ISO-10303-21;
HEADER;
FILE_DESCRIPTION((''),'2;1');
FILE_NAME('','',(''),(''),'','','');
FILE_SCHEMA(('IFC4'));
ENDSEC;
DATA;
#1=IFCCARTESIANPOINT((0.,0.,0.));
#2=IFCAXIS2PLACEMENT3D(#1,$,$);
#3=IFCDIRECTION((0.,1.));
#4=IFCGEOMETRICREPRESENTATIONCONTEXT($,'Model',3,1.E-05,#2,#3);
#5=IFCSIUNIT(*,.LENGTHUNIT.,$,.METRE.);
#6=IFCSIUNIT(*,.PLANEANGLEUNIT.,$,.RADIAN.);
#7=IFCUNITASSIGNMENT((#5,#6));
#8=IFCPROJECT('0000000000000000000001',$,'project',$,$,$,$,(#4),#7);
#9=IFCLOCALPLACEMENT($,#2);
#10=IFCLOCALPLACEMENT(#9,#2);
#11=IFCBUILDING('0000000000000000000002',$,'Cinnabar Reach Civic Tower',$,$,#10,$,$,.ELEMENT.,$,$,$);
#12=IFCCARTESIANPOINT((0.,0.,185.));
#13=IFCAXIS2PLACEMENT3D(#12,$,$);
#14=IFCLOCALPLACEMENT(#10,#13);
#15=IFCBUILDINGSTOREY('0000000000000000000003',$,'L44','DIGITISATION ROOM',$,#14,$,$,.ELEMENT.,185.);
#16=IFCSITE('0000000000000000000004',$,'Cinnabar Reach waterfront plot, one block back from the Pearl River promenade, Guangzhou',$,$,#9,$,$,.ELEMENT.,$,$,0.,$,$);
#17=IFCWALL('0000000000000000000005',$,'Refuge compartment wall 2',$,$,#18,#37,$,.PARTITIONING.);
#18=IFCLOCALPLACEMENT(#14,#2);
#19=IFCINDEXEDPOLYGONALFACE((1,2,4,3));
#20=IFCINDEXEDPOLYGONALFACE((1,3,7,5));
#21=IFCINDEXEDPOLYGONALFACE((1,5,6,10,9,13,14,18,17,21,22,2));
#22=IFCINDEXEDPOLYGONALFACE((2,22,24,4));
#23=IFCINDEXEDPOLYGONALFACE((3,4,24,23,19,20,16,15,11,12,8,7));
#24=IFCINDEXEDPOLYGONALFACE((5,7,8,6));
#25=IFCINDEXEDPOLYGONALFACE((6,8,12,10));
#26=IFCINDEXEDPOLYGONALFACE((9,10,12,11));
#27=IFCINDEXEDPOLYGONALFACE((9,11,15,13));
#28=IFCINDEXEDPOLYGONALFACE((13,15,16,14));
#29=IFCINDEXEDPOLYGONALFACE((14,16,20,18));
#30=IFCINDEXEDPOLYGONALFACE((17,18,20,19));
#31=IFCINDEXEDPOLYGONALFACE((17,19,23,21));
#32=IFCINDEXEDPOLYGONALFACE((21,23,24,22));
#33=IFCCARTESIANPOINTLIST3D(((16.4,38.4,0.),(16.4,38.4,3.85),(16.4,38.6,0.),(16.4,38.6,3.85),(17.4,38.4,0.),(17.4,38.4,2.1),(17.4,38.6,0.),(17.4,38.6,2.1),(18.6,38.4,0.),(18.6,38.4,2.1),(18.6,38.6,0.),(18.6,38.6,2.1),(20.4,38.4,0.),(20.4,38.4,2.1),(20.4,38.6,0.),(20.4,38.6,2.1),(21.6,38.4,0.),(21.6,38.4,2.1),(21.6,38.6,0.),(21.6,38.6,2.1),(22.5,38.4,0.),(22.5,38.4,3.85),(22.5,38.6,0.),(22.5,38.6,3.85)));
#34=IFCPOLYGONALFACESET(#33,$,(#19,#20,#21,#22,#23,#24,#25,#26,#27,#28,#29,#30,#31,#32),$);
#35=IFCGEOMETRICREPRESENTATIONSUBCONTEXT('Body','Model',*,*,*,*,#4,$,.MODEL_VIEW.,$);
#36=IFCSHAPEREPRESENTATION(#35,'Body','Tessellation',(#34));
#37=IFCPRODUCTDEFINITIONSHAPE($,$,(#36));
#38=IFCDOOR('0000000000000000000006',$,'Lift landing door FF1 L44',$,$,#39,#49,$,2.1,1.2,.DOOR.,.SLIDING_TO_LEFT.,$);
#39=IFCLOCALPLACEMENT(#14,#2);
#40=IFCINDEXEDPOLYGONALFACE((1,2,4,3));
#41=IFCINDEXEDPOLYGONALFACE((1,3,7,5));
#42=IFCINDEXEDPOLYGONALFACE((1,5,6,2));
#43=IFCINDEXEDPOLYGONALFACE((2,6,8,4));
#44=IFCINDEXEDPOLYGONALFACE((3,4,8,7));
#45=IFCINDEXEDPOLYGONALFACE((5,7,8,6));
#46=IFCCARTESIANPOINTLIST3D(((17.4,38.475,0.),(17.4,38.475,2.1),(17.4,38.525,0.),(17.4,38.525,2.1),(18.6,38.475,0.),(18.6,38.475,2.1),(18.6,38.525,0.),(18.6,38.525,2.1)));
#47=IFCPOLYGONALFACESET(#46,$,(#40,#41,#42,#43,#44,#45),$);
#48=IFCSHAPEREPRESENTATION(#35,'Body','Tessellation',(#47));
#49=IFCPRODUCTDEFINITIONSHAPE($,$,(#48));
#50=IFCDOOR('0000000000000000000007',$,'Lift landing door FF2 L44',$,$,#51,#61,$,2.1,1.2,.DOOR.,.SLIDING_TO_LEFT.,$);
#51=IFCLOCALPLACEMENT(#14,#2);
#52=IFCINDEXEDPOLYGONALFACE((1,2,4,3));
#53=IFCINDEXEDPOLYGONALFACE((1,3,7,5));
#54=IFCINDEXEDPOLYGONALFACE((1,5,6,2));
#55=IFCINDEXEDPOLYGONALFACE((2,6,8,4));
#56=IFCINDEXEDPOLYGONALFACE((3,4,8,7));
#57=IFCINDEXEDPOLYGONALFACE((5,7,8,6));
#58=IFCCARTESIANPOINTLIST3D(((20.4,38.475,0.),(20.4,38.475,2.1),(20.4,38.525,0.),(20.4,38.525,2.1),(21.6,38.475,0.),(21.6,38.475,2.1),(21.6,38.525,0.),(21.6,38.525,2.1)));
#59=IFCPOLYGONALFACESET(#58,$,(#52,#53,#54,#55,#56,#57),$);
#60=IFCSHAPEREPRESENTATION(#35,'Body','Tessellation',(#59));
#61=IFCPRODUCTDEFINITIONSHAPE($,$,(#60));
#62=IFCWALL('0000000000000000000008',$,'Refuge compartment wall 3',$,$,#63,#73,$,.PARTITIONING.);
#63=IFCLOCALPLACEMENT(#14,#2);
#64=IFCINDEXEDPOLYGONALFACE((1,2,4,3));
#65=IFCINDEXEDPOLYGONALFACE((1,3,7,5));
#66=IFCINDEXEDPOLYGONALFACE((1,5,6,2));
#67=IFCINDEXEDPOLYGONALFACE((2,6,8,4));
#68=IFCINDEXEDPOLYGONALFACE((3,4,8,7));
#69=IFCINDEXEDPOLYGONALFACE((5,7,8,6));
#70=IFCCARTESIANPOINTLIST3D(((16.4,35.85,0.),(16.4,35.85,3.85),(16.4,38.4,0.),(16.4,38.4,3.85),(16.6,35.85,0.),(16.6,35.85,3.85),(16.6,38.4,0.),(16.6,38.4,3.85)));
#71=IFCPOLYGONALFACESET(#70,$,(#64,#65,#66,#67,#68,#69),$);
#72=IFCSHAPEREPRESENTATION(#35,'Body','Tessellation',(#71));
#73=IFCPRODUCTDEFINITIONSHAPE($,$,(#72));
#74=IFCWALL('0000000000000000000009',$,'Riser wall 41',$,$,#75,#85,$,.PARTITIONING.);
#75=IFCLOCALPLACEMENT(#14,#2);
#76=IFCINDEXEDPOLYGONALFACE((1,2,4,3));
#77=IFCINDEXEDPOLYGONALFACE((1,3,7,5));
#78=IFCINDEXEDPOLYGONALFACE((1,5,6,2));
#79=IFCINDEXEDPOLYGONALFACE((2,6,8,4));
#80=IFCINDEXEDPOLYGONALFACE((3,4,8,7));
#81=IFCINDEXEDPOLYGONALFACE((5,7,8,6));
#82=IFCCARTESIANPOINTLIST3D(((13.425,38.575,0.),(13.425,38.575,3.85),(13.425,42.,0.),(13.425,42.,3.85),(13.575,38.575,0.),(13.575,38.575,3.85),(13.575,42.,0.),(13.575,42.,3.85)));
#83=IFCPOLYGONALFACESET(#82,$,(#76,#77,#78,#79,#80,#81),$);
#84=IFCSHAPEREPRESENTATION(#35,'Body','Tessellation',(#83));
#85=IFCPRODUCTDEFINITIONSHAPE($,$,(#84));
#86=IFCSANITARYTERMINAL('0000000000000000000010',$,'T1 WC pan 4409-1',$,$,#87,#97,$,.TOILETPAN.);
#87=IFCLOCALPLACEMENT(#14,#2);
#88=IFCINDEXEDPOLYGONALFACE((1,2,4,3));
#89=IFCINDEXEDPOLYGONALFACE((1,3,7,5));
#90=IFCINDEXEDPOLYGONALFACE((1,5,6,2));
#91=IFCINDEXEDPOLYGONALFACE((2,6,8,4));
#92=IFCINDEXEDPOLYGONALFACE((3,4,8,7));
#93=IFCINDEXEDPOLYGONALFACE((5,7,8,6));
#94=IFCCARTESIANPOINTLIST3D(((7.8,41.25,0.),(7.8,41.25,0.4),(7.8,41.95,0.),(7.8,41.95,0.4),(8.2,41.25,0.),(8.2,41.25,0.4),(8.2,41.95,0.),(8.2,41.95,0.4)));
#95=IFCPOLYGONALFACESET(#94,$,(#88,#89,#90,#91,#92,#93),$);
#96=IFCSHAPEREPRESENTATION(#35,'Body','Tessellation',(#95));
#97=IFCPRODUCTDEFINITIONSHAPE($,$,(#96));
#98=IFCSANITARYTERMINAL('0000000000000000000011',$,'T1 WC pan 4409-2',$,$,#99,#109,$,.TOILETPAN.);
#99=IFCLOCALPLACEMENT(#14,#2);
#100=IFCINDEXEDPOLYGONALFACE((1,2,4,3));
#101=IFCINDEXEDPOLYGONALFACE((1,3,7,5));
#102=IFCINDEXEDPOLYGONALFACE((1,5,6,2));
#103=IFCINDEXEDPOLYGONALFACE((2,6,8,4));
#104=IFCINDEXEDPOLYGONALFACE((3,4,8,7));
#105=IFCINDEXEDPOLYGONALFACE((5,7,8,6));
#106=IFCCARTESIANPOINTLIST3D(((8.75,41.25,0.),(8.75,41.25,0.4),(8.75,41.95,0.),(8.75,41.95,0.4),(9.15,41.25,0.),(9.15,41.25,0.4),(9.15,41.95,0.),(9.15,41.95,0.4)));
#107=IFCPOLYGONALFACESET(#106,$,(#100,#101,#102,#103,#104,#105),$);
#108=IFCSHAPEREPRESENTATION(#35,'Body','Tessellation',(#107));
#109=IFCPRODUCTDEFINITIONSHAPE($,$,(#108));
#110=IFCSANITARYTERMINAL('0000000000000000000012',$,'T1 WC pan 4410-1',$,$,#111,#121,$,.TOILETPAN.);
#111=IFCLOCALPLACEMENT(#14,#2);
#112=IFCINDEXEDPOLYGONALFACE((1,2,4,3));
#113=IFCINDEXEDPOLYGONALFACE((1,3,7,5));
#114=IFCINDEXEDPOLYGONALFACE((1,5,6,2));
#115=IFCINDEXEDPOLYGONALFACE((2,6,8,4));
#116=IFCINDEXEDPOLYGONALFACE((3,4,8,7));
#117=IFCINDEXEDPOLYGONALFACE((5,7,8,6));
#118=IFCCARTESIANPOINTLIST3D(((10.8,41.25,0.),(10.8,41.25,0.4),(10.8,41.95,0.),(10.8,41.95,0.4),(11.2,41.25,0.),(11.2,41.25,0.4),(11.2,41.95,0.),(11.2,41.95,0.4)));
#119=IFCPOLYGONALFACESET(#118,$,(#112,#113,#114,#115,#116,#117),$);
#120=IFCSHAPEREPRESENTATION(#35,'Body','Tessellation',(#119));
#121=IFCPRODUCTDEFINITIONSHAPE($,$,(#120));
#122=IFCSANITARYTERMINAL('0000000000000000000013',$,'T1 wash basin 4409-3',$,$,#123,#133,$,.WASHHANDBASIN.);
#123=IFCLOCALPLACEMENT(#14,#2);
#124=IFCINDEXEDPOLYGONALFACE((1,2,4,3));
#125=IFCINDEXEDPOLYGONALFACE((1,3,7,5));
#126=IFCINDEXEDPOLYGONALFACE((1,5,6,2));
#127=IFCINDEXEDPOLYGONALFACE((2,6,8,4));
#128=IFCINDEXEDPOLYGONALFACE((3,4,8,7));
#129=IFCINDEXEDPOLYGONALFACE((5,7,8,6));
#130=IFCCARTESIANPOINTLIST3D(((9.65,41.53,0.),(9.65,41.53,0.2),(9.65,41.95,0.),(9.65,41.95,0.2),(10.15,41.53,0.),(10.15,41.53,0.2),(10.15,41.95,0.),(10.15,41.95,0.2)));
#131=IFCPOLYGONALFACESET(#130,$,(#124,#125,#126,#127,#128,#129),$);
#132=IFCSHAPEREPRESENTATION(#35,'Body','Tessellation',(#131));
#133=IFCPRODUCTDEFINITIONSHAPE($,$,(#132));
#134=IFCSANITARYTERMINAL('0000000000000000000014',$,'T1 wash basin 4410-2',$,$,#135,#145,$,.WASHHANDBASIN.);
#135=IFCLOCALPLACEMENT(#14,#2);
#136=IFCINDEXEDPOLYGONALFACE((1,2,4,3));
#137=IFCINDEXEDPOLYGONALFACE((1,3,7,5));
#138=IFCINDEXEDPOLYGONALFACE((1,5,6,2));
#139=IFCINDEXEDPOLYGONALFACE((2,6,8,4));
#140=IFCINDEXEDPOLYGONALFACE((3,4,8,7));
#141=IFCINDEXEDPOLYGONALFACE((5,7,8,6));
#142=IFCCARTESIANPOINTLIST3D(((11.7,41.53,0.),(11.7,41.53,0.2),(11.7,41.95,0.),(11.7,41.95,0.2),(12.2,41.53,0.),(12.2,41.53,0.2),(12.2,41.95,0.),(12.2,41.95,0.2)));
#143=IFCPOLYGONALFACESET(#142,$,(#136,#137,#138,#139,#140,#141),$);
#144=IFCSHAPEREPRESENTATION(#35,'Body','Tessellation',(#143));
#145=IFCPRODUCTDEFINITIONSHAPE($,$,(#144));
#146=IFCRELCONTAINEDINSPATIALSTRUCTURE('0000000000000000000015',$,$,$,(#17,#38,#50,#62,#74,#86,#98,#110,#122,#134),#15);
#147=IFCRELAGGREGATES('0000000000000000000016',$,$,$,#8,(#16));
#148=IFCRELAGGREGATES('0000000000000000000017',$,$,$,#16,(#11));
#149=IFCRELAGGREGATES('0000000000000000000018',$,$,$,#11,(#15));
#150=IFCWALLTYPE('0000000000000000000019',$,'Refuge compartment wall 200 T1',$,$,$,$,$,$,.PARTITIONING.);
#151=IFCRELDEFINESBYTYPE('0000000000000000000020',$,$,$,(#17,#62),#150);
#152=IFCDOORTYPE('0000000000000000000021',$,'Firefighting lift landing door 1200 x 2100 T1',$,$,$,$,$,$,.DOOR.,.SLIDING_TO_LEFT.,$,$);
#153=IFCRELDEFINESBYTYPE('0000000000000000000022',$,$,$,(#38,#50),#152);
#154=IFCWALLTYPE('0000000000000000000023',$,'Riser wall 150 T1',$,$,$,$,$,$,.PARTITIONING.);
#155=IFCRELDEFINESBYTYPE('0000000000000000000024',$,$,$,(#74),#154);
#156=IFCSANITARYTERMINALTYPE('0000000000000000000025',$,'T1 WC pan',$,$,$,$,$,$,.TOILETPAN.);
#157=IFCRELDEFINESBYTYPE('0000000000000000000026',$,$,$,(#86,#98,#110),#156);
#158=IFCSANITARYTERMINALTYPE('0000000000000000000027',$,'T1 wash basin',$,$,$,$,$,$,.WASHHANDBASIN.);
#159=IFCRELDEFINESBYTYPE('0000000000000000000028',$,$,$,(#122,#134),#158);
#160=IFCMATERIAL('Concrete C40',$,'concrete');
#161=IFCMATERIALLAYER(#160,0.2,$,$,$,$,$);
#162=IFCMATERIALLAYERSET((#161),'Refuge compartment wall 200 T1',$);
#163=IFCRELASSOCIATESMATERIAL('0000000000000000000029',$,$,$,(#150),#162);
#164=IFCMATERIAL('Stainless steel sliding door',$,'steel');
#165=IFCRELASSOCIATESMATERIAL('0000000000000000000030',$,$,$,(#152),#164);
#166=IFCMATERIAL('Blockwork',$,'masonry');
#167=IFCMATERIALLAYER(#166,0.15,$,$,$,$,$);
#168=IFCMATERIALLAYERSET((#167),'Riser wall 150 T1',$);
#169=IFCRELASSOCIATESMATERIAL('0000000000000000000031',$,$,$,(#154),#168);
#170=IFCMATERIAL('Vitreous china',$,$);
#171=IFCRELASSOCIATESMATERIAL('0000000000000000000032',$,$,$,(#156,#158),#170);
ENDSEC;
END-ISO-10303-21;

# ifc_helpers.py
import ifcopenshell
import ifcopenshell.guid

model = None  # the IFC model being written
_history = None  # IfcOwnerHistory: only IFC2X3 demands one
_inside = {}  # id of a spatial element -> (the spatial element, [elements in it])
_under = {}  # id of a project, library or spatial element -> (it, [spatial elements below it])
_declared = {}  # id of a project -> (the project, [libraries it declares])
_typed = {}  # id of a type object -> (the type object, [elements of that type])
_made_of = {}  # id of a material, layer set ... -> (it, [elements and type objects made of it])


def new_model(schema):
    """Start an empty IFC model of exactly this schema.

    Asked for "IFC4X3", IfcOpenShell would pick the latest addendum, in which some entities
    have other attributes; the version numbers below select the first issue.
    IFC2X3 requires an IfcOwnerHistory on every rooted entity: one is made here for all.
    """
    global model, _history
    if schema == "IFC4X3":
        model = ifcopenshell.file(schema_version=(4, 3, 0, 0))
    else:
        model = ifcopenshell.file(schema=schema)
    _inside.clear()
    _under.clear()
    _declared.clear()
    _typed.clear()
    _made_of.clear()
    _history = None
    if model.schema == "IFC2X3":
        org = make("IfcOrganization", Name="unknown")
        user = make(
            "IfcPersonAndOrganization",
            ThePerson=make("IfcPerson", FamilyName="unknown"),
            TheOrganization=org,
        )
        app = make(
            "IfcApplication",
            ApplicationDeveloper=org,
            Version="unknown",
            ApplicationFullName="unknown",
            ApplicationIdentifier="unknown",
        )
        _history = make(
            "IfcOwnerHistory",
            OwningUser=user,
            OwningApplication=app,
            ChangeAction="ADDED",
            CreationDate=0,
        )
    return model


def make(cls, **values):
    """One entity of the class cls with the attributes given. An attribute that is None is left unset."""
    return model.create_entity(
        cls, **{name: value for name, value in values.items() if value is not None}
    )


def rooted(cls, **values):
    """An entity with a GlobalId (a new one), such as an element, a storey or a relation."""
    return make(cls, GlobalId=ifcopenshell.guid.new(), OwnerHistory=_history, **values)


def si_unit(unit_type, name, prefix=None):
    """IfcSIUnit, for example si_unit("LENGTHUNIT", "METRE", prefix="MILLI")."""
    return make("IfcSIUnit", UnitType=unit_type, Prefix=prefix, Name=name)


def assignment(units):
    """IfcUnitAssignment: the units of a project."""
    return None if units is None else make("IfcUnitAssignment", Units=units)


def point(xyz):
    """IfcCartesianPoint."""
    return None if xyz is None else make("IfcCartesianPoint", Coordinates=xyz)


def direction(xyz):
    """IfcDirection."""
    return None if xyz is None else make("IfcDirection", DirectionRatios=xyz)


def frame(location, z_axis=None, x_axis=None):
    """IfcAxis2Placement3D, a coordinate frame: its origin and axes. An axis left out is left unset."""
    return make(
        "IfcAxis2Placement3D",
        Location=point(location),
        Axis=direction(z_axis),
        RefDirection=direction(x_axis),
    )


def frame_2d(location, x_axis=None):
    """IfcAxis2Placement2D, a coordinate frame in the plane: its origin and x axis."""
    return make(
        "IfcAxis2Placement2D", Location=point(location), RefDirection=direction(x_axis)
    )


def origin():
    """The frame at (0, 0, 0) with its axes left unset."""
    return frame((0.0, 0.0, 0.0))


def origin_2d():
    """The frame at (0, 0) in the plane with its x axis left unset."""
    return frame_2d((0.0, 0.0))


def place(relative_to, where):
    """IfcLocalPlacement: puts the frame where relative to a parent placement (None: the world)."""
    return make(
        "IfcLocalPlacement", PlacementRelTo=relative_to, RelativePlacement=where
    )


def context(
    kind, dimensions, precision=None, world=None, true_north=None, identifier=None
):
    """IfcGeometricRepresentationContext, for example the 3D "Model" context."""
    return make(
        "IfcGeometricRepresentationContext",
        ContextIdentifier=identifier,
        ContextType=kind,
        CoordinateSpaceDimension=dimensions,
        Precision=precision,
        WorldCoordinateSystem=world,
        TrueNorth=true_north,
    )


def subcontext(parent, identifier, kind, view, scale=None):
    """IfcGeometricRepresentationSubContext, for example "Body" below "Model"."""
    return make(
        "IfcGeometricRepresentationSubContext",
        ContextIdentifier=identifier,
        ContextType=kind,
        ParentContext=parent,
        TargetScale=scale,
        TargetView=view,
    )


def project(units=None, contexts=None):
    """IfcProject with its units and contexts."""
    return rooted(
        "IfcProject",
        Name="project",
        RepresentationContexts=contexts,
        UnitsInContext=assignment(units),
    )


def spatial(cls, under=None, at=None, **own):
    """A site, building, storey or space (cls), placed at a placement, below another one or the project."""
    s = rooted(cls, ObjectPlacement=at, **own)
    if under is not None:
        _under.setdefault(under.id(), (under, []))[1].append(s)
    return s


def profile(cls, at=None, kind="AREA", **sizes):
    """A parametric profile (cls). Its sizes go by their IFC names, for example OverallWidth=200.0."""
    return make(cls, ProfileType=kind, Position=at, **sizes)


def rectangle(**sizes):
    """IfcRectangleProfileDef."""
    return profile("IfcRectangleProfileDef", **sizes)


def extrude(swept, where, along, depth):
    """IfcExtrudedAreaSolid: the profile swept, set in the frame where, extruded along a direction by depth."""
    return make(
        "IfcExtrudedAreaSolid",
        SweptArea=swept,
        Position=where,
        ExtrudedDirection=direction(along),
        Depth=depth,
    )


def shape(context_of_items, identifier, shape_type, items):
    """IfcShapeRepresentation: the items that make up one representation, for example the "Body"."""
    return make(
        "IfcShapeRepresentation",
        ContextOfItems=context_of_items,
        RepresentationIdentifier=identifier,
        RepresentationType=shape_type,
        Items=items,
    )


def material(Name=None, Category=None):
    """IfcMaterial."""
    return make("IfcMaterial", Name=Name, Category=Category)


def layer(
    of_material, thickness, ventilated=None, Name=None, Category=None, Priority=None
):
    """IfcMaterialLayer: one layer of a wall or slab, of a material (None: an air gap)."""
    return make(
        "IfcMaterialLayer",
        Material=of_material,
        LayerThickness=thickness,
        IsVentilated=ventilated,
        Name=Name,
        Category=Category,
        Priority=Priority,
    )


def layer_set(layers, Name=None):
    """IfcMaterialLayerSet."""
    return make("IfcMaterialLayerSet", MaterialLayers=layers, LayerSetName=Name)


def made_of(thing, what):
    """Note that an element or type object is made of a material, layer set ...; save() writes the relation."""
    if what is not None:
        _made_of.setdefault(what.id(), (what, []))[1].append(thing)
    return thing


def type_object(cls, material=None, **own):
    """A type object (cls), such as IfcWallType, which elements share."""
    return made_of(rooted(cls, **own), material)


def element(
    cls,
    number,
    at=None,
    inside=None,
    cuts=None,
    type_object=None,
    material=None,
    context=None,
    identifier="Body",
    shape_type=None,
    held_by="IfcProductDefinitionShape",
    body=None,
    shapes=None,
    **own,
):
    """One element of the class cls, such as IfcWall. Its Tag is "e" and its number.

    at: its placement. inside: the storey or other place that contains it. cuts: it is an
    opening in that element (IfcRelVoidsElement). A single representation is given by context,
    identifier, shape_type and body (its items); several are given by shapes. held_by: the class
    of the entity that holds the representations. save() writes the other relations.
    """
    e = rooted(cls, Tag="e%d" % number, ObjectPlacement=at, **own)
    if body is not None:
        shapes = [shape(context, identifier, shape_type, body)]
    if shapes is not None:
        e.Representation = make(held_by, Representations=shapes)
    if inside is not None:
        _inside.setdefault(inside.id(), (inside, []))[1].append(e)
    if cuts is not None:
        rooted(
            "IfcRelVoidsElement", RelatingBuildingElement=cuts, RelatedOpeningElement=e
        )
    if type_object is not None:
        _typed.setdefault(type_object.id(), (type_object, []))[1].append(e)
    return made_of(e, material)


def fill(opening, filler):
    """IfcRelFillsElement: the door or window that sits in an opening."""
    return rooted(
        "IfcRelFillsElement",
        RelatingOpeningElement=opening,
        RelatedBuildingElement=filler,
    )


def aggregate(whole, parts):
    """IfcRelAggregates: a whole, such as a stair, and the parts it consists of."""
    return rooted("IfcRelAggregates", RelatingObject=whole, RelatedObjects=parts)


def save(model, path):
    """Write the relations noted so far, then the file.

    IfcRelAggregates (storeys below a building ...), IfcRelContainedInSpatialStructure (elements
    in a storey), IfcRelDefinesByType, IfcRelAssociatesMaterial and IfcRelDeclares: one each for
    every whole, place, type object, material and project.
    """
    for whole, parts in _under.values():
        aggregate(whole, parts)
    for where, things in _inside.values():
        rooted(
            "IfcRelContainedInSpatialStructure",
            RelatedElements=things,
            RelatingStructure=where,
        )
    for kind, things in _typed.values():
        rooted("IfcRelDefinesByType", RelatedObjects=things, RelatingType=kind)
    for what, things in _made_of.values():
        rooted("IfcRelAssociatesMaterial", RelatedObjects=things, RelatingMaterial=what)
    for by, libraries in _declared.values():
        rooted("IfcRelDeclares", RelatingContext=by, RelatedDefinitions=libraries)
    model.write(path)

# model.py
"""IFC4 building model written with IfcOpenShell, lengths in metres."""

from ifc_helpers import new_model, si_unit, direction, frame, frame_2d, origin, origin_2d, place, context, subcontext, project, spatial, rectangle, extrude, material, layer, layer_set, type_object, element, fill, save


model = new_model("IFC4")

# Units and contexts
model_context = context("Model", 3, precision=1e-05, world=origin(), true_north=direction((0.0, 1.0)))
body_context = subcontext(model_context, "Body", "Model", "MODEL_VIEW")
ifc_project = project(units=[si_unit("LENGTHUNIT", "METRE"), si_unit("PLANEANGLEUNIT", "RADIAN")], contexts=[model_context])

# Site, building, storey
site_placement = place(None, origin())
site = spatial("IfcSite", under=ifc_project, at=site_placement, Name="Cinnabar Reach waterfront plot, one block back from the Pearl River promenade, Guangzhou", CompositionType="ELEMENT", RefElevation=0.0)
building_placement = place(site_placement, origin())
building = spatial("IfcBuilding", under=site, at=building_placement, Name="Cinnabar Reach Civic Tower", CompositionType="ELEMENT")
storey_placement = place(building_placement, frame((0.0, 0.0, 185.0)))
storey = spatial("IfcBuildingStorey", under=building, at=storey_placement, Name="L44", Description="DIGITISATION ROOM", CompositionType="ELEMENT", Elevation=185.0)

# Shared definitions
ifc_material_1 = material(Name="Blockwork", Category="masonry")
ifc_material_2 = material(Name="Stainless steel sliding door", Category="steel")

# Shared definitions
ifc_material_3 = material(Name="Concrete C40", Category="concrete")
ifc_layer_1 = layer(ifc_material_3, 0.2)
ifc_layer_set_1 = layer_set([ifc_layer_1], Name="Refuge compartment wall 200 T1")
wall_type_1 = type_object("IfcWallType", Name="Refuge compartment wall 200 T1", PredefinedType="PARTITIONING", material=ifc_layer_set_1)

# Wall, openings, doors
wall_1_placement = place(storey_placement, frame((16.4, 38.5, 0.0), z_axis=(0.0, 0.0, 1.0), x_axis=(1.0, 0.0, 0.0)))
wall_1 = element("IfcWall", 1, at=wall_1_placement, inside=storey, type_object=wall_type_1, Name="Refuge compartment wall 2", PredefinedType="PARTITIONING", context=body_context, shape_type="SweptSolid", body=[
    extrude(rectangle(XDim=6.1, YDim=0.2, at=frame_2d((3.05, 0.0))), origin(), (0.0, 0.0, 1.0), 3.85),
])
opening_1_placement = place(wall_1_placement, frame((1.0, 0.0, 0.0)))
opening_1 = element("IfcOpeningElement", 2, at=opening_1_placement, cuts=wall_1, PredefinedType="OPENING", context=body_context, shape_type="SweptSolid", body=[
    extrude(rectangle(XDim=1.2, YDim=2.1, at=frame_2d((0.6, 1.05))), frame((0.0, 0.11, 0.0), z_axis=(0.0, -1.0, 0.0), x_axis=(1.0, 0.0, 0.0)), (0.0, 0.0, 1.0), 0.22),
])
opening_2_placement = place(wall_1_placement, frame((4.0, 0.0, 0.0)))
opening_2 = element("IfcOpeningElement", 3, at=opening_2_placement, cuts=wall_1, PredefinedType="OPENING", context=body_context, shape_type="SweptSolid", body=[
    extrude(rectangle(XDim=1.2, YDim=2.1, at=frame_2d((0.6, 1.05))), frame((0.0, 0.11, 0.0), z_axis=(0.0, -1.0, 0.0), x_axis=(1.0, 0.0, 0.0)), (0.0, 0.0, 1.0), 0.22),
])
door_type_1 = type_object("IfcDoorType", Name="Firefighting lift landing door 1200 x 2100 T1", OperationType="SLIDING_TO_LEFT", PredefinedType="DOOR", material=ifc_material_2)
door_1_placement = place(opening_1_placement, origin())
door_1 = element("IfcDoor", 4, at=door_1_placement, inside=storey, type_object=door_type_1, Name="Lift landing door FF1 L44", OperationType="SLIDING_TO_LEFT", OverallHeight=2.1, OverallWidth=1.2, PredefinedType="DOOR", context=body_context, shape_type="SweptSolid", body=[
    extrude(rectangle(XDim=1.2, YDim=2.1, at=frame_2d((0.6, 1.05))), frame((0.0, 0.025, 0.0), z_axis=(0.0, -1.0, 0.0), x_axis=(1.0, 0.0, 0.0)), (0.0, 0.0, 1.0), 0.05),
])
fill(opening_1, door_1)
door_2_placement = place(opening_2_placement, origin())
door_2 = element("IfcDoor", 5, at=door_2_placement, inside=storey, type_object=door_type_1, Name="Lift landing door FF2 L44", OperationType="SLIDING_TO_LEFT", OverallHeight=2.1, OverallWidth=1.2, PredefinedType="DOOR", context=body_context, shape_type="SweptSolid", body=[
    extrude(rectangle(XDim=1.2, YDim=2.1, at=frame_2d((0.6, 1.05))), frame((0.0, 0.025, 0.0), z_axis=(0.0, -1.0, 0.0), x_axis=(1.0, 0.0, 0.0)), (0.0, 0.0, 1.0), 0.05),
])
fill(opening_2, door_2)

# Walls
wall_2_placement = place(storey_placement, frame((16.5, 35.85, 0.0), z_axis=(0.0, 0.0, 1.0), x_axis=(0.0, 1.0, 0.0)))
element("IfcWall", 6, at=wall_2_placement, inside=storey, type_object=wall_type_1, Name="Refuge compartment wall 3", PredefinedType="PARTITIONING", context=body_context, shape_type="SweptSolid", body=[
    extrude(rectangle(XDim=2.55, YDim=0.2, at=frame_2d((1.275, 0.0))), origin(), (0.0, 0.0, 1.0), 3.85),
])
ifc_layer_2 = layer(ifc_material_1, 0.15)
ifc_layer_set_2 = layer_set([ifc_layer_2], Name="Riser wall 150 T1")
wall_type_2 = type_object("IfcWallType", Name="Riser wall 150 T1", PredefinedType="PARTITIONING", material=ifc_layer_set_2)
wall_3_placement = place(storey_placement, frame((13.5, 38.575, 0.0), z_axis=(0.0, 0.0, 1.0), x_axis=(0.0, 1.0, 0.0)))
element("IfcWall", 7, at=wall_3_placement, inside=storey, type_object=wall_type_2, Name="Riser wall 41", PredefinedType="PARTITIONING", context=body_context, shape_type="SweptSolid", body=[
    extrude(rectangle(XDim=3.425, YDim=0.15, at=frame_2d((1.7125, 0.0))), origin(), (0.0, 0.0, 1.0), 3.85),
])

# Sanitary terminals
ifc_material_4 = material(Name="Vitreous china")
sanitary_terminal_type_1 = type_object("IfcSanitaryTerminalType", Name="T1 WC pan", PredefinedType="TOILETPAN", material=ifc_material_4)
for number, where, z_axis, x_axis, name in (
    (8, (8.0, 41.6, 0.0), (0.0, 0.0, 1.0), (1.0, 0.0, 0.0), "T1 WC pan 4409-1"),
    (9, (8.95, 41.6, 0.0), (0.0, 0.0, 1.0), (1.0, 0.0, 0.0), "T1 WC pan 4409-2"),
    (10, (11.0, 41.6, 0.0), (0.0, 0.0, 1.0), (1.0, 0.0, 0.0), "T1 WC pan 4410-1"),
):
    element("IfcSanitaryTerminal", number, at=place(storey_placement, frame(where, z_axis=z_axis, x_axis=x_axis)), inside=storey, type_object=sanitary_terminal_type_1, Name=name, PredefinedType="TOILETPAN", context=body_context, shape_type="SweptSolid", body=[
        extrude(rectangle(XDim=0.4, YDim=0.7, at=origin_2d()), origin(), (0.0, 0.0, 1.0), 0.4),
    ])
sanitary_terminal_type_2 = type_object("IfcSanitaryTerminalType", Name="T1 wash basin", PredefinedType="WASHHANDBASIN", material=ifc_material_4)
for number, where, z_axis, x_axis, name in (
    (11, (9.9, 41.74, 0.0), (0.0, 0.0, 1.0), (1.0, 0.0, 0.0), "T1 wash basin 4409-3"),
    (12, (11.95, 41.74, 0.0), (0.0, 0.0, 1.0), (1.0, 0.0, 0.0), "T1 wash basin 4410-2"),
):
    element("IfcSanitaryTerminal", number, at=place(storey_placement, frame(where, z_axis=z_axis, x_axis=x_axis)), inside=storey, type_object=sanitary_terminal_type_2, Name=name, PredefinedType="WASHHANDBASIN", context=body_context, shape_type="SweptSolid", body=[
        extrude(rectangle(XDim=0.5, YDim=0.42, at=origin_2d()), origin(), (0.0, 0.0, 1.0), 0.2),
    ])

save(model, "model.ifc")
